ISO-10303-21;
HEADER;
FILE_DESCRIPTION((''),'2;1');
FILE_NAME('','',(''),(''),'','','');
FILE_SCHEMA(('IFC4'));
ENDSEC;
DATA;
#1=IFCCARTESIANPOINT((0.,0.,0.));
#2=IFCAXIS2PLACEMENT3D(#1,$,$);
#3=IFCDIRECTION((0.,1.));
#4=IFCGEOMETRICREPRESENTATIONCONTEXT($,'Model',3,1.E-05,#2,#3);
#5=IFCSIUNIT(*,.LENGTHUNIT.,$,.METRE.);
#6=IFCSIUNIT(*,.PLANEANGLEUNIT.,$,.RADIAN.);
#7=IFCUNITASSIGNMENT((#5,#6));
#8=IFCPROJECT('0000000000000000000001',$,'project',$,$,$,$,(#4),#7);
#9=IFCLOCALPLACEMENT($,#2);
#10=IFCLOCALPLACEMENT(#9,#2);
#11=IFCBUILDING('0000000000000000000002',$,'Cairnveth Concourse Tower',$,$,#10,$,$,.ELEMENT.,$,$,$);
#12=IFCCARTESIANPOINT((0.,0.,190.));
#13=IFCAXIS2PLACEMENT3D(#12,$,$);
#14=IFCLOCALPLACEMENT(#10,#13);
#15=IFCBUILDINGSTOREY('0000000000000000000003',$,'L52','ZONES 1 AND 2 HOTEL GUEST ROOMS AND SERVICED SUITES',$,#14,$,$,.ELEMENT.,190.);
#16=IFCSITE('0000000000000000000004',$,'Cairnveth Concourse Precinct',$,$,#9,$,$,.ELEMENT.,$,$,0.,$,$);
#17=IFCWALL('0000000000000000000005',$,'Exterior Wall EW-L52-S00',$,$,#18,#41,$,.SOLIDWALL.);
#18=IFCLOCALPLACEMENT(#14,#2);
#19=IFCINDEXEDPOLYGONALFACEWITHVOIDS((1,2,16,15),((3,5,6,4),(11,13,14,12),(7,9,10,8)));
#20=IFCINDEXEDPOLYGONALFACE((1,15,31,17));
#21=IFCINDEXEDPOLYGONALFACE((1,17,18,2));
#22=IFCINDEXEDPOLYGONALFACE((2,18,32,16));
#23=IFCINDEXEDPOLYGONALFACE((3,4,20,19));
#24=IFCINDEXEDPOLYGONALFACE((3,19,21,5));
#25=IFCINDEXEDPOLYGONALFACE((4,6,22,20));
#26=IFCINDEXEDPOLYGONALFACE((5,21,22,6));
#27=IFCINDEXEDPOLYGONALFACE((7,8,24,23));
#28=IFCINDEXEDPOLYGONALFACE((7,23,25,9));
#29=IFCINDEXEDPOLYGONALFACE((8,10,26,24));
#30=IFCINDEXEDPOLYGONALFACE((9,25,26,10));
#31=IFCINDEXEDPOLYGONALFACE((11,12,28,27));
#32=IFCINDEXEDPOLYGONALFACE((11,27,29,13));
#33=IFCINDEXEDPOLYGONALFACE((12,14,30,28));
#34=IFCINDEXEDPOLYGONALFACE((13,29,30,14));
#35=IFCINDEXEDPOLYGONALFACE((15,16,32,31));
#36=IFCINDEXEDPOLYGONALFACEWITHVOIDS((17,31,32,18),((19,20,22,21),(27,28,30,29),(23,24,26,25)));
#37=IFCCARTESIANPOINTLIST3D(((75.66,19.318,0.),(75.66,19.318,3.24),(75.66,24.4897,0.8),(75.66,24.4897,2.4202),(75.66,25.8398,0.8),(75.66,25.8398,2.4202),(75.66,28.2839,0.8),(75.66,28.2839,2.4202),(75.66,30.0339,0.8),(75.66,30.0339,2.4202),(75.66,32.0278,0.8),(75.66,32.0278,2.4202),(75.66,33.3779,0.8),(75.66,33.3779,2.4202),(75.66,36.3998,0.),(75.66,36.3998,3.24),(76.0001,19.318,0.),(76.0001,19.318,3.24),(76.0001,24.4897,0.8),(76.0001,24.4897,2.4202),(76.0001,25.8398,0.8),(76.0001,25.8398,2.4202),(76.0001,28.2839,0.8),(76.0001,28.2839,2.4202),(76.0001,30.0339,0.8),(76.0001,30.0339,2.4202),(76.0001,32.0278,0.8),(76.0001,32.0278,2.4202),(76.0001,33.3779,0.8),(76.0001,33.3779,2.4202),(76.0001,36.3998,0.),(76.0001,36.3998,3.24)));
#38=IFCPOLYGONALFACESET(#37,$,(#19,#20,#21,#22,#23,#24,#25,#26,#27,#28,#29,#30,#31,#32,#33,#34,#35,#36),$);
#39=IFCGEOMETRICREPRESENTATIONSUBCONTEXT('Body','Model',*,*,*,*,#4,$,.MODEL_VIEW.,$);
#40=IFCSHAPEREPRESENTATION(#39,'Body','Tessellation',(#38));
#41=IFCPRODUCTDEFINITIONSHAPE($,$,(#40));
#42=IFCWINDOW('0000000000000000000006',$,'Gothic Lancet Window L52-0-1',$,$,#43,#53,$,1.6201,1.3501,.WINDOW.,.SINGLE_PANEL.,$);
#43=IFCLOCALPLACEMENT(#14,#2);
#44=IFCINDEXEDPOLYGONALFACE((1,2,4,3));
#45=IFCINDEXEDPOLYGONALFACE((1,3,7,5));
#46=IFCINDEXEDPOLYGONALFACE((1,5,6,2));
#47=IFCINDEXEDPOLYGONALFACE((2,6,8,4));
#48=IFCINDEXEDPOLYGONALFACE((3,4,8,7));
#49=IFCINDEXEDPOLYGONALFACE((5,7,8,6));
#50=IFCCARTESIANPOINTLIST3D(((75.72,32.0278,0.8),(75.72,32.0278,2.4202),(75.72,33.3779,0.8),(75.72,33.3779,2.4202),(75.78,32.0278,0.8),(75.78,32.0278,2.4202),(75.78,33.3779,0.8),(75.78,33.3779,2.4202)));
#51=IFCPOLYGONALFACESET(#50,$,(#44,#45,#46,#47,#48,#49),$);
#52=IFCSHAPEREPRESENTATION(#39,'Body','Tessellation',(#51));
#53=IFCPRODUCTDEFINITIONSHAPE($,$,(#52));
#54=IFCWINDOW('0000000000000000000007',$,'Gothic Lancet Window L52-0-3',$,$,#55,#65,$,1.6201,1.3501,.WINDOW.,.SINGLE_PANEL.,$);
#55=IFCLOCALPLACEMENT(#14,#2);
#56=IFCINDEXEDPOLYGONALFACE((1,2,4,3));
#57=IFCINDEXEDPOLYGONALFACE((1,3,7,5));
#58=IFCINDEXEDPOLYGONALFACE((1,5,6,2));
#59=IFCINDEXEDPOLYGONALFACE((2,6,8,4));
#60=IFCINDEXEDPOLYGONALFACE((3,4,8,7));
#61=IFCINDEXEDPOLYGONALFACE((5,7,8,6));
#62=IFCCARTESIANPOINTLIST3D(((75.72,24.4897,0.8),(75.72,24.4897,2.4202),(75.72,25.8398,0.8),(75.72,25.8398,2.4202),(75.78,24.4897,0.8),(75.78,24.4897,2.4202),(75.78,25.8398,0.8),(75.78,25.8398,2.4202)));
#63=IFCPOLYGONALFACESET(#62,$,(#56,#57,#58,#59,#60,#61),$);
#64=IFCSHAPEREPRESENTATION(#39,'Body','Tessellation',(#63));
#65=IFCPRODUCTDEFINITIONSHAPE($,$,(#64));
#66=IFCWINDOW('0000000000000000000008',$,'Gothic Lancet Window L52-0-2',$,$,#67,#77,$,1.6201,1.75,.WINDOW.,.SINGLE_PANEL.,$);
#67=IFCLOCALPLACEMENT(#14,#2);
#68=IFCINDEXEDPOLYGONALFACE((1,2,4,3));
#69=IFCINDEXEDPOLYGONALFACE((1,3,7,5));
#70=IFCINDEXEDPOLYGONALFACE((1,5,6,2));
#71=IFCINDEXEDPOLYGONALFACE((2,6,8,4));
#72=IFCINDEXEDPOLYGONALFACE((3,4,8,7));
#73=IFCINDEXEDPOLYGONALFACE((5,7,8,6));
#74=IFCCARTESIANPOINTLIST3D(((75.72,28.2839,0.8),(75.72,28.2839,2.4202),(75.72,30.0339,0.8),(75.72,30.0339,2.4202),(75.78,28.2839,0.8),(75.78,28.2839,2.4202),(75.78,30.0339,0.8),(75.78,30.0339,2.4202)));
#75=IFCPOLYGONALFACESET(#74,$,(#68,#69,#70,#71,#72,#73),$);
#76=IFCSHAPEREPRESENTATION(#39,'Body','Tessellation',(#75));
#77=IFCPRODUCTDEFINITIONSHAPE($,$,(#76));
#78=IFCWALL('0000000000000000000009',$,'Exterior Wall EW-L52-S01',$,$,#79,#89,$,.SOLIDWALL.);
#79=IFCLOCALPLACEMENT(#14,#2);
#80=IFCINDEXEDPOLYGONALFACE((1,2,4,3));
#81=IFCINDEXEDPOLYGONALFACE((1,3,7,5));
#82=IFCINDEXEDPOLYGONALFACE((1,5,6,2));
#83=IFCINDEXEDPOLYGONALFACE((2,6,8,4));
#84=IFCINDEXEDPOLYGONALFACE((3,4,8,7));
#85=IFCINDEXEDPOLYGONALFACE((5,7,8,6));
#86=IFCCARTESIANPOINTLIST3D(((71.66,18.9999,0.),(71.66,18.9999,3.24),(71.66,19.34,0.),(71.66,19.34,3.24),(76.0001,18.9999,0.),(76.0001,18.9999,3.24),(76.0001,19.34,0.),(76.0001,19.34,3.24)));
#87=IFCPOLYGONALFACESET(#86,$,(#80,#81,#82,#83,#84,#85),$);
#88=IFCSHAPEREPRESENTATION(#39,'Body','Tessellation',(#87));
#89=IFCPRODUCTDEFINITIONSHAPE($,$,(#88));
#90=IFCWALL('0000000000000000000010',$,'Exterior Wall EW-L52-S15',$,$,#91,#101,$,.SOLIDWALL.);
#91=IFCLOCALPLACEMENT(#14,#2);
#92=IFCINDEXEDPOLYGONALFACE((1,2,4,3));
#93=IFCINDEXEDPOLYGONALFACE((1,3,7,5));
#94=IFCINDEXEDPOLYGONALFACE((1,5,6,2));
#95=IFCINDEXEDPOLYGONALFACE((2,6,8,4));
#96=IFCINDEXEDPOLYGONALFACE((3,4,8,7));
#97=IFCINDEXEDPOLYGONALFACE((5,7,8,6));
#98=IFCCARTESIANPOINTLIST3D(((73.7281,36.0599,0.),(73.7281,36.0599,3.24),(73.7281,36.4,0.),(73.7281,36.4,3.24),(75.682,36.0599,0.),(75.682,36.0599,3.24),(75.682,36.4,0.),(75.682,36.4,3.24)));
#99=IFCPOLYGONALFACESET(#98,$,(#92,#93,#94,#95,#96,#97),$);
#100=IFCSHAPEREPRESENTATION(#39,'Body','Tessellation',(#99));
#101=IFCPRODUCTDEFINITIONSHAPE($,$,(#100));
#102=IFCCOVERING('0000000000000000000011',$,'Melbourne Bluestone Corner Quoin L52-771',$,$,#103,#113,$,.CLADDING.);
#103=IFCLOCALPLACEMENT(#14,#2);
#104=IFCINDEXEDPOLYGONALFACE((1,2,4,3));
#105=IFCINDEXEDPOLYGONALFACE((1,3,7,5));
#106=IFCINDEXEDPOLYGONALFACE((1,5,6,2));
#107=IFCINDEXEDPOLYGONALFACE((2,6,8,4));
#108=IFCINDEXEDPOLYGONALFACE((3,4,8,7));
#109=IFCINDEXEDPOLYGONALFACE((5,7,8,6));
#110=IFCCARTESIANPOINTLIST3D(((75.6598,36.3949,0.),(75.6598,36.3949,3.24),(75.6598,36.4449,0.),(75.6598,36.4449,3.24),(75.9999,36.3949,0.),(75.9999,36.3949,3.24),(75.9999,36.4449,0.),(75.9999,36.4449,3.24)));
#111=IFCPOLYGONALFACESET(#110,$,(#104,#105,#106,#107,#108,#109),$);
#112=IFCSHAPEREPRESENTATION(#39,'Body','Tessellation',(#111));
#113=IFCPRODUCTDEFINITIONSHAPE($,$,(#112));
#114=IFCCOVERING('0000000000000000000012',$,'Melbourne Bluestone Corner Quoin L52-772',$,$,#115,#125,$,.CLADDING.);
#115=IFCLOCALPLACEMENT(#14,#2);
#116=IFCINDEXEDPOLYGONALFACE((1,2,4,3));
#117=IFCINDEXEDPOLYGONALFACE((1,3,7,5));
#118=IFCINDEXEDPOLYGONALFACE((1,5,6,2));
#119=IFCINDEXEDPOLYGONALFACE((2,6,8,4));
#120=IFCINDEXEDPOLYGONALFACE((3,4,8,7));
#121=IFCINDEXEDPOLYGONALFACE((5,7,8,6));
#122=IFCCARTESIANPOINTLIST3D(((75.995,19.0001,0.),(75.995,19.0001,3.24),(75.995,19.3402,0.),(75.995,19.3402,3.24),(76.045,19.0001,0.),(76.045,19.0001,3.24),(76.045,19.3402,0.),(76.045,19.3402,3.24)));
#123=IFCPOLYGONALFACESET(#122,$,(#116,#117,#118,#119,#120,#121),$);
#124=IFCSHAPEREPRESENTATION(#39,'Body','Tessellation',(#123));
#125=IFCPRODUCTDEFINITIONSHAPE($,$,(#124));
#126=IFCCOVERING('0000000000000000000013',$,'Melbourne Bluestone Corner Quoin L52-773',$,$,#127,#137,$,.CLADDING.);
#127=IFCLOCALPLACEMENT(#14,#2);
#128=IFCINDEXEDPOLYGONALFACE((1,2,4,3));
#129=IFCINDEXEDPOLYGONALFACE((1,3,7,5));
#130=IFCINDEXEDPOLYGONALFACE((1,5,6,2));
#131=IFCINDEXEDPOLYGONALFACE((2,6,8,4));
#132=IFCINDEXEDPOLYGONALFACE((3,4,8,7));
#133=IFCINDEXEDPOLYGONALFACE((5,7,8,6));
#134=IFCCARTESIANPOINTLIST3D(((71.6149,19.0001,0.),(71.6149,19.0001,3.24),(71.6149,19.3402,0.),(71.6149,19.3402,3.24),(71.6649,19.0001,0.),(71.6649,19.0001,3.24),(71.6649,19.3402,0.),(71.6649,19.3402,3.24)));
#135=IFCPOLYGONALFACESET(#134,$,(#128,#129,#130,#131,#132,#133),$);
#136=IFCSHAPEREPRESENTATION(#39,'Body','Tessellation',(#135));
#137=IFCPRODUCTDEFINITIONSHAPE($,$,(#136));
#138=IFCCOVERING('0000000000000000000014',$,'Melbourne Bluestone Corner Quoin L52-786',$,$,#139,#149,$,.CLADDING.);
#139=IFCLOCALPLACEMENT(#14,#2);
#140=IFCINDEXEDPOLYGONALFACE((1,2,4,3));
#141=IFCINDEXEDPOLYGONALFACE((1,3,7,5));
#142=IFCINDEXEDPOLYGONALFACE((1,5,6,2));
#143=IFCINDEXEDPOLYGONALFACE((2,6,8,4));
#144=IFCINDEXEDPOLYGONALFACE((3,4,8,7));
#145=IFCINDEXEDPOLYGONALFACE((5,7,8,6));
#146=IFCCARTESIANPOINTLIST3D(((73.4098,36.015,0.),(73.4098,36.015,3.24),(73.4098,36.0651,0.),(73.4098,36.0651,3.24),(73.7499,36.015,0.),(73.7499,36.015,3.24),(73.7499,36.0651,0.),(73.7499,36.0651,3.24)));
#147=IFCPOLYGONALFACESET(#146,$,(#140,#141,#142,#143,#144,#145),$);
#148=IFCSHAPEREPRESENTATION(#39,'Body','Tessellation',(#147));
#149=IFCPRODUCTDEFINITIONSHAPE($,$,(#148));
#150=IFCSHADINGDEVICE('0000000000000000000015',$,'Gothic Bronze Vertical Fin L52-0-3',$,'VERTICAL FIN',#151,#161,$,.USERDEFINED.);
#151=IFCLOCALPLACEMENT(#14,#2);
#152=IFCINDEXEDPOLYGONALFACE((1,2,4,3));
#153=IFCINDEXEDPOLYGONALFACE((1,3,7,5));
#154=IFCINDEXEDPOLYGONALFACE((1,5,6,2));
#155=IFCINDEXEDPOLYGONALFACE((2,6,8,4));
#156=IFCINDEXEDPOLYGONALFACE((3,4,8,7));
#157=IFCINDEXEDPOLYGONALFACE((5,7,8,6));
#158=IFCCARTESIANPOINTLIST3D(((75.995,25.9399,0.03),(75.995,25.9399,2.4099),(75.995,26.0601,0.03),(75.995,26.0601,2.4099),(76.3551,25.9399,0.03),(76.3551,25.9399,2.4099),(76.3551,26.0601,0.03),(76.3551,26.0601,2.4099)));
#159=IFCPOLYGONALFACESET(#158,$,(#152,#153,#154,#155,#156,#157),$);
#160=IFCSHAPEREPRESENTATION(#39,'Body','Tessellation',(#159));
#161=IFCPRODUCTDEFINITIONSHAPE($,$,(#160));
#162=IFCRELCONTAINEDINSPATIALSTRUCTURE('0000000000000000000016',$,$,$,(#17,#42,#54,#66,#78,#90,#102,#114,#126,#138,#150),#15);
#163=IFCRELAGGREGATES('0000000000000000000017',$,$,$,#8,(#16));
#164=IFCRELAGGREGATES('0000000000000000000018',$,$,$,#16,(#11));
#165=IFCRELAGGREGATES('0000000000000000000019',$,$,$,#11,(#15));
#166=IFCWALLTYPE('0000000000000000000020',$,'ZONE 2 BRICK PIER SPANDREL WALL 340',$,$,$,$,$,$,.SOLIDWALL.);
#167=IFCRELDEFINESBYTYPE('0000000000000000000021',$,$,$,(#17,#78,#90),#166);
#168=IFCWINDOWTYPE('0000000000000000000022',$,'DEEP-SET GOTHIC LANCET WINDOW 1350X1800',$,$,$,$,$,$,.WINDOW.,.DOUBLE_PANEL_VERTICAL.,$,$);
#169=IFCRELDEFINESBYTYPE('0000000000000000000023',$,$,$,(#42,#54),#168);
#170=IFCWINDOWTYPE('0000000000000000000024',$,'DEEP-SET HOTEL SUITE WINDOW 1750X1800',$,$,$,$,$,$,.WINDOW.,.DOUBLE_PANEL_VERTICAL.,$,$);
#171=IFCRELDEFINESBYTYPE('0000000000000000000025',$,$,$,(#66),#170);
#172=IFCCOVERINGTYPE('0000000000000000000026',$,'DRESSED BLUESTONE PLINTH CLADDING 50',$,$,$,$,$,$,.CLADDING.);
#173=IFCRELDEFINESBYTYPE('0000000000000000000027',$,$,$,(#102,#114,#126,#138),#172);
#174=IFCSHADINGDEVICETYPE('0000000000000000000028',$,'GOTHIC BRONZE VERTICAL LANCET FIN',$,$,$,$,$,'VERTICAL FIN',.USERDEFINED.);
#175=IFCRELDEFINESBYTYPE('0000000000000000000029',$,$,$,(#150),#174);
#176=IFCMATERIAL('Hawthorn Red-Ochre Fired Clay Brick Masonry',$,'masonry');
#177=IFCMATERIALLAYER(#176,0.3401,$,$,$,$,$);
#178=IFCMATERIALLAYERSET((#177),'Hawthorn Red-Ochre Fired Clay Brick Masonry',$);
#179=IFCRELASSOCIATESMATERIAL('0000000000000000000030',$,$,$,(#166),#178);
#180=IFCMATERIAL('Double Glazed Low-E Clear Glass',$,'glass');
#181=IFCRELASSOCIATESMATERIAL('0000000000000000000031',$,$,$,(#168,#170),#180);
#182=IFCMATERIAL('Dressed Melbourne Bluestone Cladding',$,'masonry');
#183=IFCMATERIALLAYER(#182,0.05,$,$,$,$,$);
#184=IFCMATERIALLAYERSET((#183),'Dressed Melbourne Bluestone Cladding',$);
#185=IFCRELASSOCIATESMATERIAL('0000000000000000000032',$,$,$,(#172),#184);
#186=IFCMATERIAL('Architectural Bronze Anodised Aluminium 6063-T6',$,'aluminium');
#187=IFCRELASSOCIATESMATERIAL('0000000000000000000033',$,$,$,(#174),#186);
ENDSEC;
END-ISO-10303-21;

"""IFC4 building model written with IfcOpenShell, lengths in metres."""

from ifc_helpers import new_model, si_unit, direction, frame, frame_2d, origin, origin_2d, place, context, subcontext, project, spatial, rectangle, extrude, material, layer, layer_set, type_object, element, fill, save


model = new_model("IFC4")

# Units and contexts
model_context = context("Model", 3, precision=1e-05, world=origin(), true_north=direction((0.0, 1.0)))
body_context = subcontext(model_context, "Body", "Model", "MODEL_VIEW")
ifc_project = project(units=[si_unit("LENGTHUNIT", "METRE"), si_unit("PLANEANGLEUNIT", "RADIAN")], contexts=[model_context])

# Site, building, storey
site_placement = place(None, origin())
site = spatial("IfcSite", under=ifc_project, at=site_placement, Name="Cairnveth Concourse Precinct", CompositionType="ELEMENT", RefElevation=0.0)
building_placement = place(site_placement, origin())
building = spatial("IfcBuilding", under=site, at=building_placement, Name="Cairnveth Concourse Tower", CompositionType="ELEMENT")
storey_placement = place(building_placement, frame((0.0, 0.0, 190.0)))
storey = spatial("IfcBuildingStorey", under=building, at=storey_placement, Name="L52", Description="ZONES 1 AND 2 HOTEL GUEST ROOMS AND SERVICED SUITES", CompositionType="ELEMENT", Elevation=190.0)

# Shared definitions
ifc_material_1 = material(Name="Dressed Melbourne Bluestone Cladding", Category="masonry")

# Wall, openings, windows
ifc_material_2 = material(Name="Hawthorn Red-Ochre Fired Clay Brick Masonry", Category="masonry")
ifc_layer_1 = layer(ifc_material_2, 0.3401)
ifc_layer_set_1 = layer_set([ifc_layer_1], Name="Hawthorn Red-Ochre Fired Clay Brick Masonry")
wall_type_1 = type_object("IfcWallType", Name="ZONE 2 BRICK PIER SPANDREL WALL 340", PredefinedType="SOLIDWALL", material=ifc_layer_set_1)
wall_1_placement = place(storey_placement, frame((75.8301, 36.3999, 0.0), z_axis=(0.0, 0.0, 1.0), x_axis=(0.0, -1.0, 0.0)))
wall_1 = element("IfcWall", 1, at=wall_1_placement, inside=storey, type_object=wall_type_1, Name="Exterior Wall EW-L52-S00", PredefinedType="SOLIDWALL", context=body_context, shape_type="SweptSolid", body=[
    extrude(rectangle(XDim=17.0818, YDim=0.3401, at=frame_2d((8.541, 0.0))), origin(), (0.0, 0.0, 1.0), 3.24),
])
opening_1_placement = place(wall_1_placement, frame((3.022, 0.0, 0.8)))
opening_1 = element("IfcOpeningElement", 2, at=opening_1_placement, cuts=wall_1, PredefinedType="OPENING", context=body_context, shape_type="SweptSolid", body=[
    extrude(rectangle(XDim=1.3501, YDim=1.6201, at=frame_2d((0.675, 0.8101))), frame((0.0, 0.1799, 0.0), z_axis=(0.0, -1.0, 0.0), x_axis=(1.0, 0.0, 0.0)), (0.0, 0.0, 1.0), 0.3601),
])
opening_2_placement = place(wall_1_placement, frame((6.366, 0.0, 0.8)))
opening_2 = element("IfcOpeningElement", 3, at=opening_2_placement, cuts=wall_1, PredefinedType="OPENING", context=body_context, shape_type="SweptSolid", body=[
    extrude(rectangle(XDim=1.75, YDim=1.6201, at=frame_2d((0.875, 0.8101))), frame((0.0, 0.1799, 0.0), z_axis=(0.0, -1.0, 0.0), x_axis=(1.0, 0.0, 0.0)), (0.0, 0.0, 1.0), 0.3601),
])
opening_3_placement = place(wall_1_placement, frame((10.5601, 0.0, 0.8)))
opening_3 = element("IfcOpeningElement", 4, at=opening_3_placement, cuts=wall_1, PredefinedType="OPENING", context=body_context, shape_type="SweptSolid", body=[
    extrude(rectangle(XDim=1.3501, YDim=1.6201, at=frame_2d((0.675, 0.8101))), frame((0.0, 0.1799, 0.0), z_axis=(0.0, -1.0, 0.0), x_axis=(1.0, 0.0, 0.0)), (0.0, 0.0, 1.0), 0.3601),
])
ifc_material_3 = material(Name="Double Glazed Low-E Clear Glass", Category="glass")
window_type_1 = type_object("IfcWindowType", Name="DEEP-SET GOTHIC LANCET WINDOW 1350X1800", PartitioningType="DOUBLE_PANEL_VERTICAL", PredefinedType="WINDOW", material=ifc_material_3)
window_1_placement = place(opening_1_placement, origin())
window_1 = element("IfcWindow", 5, at=window_1_placement, inside=storey, type_object=window_type_1, Name="Gothic Lancet Window L52-0-1", OverallHeight=1.6201, OverallWidth=1.3501, PartitioningType="SINGLE_PANEL", PredefinedType="WINDOW", context=body_context, shape_type="SweptSolid", body=[
    extrude(rectangle(XDim=1.3501, YDim=1.6201, at=frame_2d((0.675, 0.8101))), frame((0.0, -0.05, 0.0), z_axis=(0.0, -1.0, 0.0), x_axis=(1.0, 0.0, 0.0)), (0.0, 0.0, 1.0), 0.0601),
])
fill(opening_1, window_1)
window_2_placement = place(opening_3_placement, origin())
window_2 = element("IfcWindow", 6, at=window_2_placement, inside=storey, type_object=window_type_1, Name="Gothic Lancet Window L52-0-3", OverallHeight=1.6201, OverallWidth=1.3501, PartitioningType="SINGLE_PANEL", PredefinedType="WINDOW", context=body_context, shape_type="SweptSolid", body=[
    extrude(rectangle(XDim=1.3501, YDim=1.6201, at=frame_2d((0.675, 0.8101))), frame((0.0, -0.05, 0.0), z_axis=(0.0, -1.0, 0.0), x_axis=(1.0, 0.0, 0.0)), (0.0, 0.0, 1.0), 0.0601),
])
fill(opening_3, window_2)
window_type_2 = type_object("IfcWindowType", Name="DEEP-SET HOTEL SUITE WINDOW 1750X1800", PartitioningType="DOUBLE_PANEL_VERTICAL", PredefinedType="WINDOW", material=ifc_material_3)
window_3_placement = place(opening_2_placement, origin())
window_3 = element("IfcWindow", 7, at=window_3_placement, inside=storey, type_object=window_type_2, Name="Gothic Lancet Window L52-0-2", OverallHeight=1.6201, OverallWidth=1.75, PartitioningType="SINGLE_PANEL", PredefinedType="WINDOW", context=body_context, shape_type="SweptSolid", body=[
    extrude(rectangle(XDim=1.75, YDim=1.6201, at=frame_2d((0.875, 0.8101))), frame((0.0, -0.05, 0.0), z_axis=(0.0, -1.0, 0.0), x_axis=(1.0, 0.0, 0.0)), (0.0, 0.0, 1.0), 0.0601),
])
fill(opening_2, window_3)

# Walls
wall_2_placement = place(storey_placement, frame((76.0, 19.1699, 0.0), z_axis=(0.0, 0.0, 1.0), x_axis=(-1.0, 0.0, 0.0)))
element("IfcWall", 8, at=wall_2_placement, inside=storey, type_object=wall_type_1, Name="Exterior Wall EW-L52-S01", PredefinedType="SOLIDWALL", context=body_context, shape_type="SweptSolid", body=[
    extrude(rectangle(XDim=4.3401, YDim=0.3401, at=frame_2d((2.1699, 0.0))), origin(), (0.0, 0.0, 1.0), 3.24),
])
wall_3_placement = place(storey_placement, frame((73.728, 36.23, 0.0), z_axis=(0.0, 0.0, 1.0), x_axis=(1.0, 0.0, 0.0)))
element("IfcWall", 9, at=wall_3_placement, inside=storey, type_object=wall_type_1, Name="Exterior Wall EW-L52-S15", PredefinedType="SOLIDWALL", context=body_context, shape_type="SweptSolid", body=[
    extrude(rectangle(XDim=1.9539, YDim=0.3401, at=frame_2d((0.9771, 0.0))), origin(), (0.0, 0.0, 1.0), 3.24),
])

# Coverings
ifc_layer_2 = layer(ifc_material_1, 0.05)
ifc_layer_set_2 = layer_set([ifc_layer_2], Name="Dressed Melbourne Bluestone Cladding")
covering_type = type_object("IfcCoveringType", Name="DRESSED BLUESTONE PLINTH CLADDING 50", PredefinedType="CLADDING", material=ifc_layer_set_2)
for number, where, z_axis, x_axis, name in (
    (10, (75.6599, 36.4199, 0.0), (0.0, 0.0, 1.0), (1.0, 0.0, 0.0), "Melbourne Bluestone Corner Quoin L52-771"),
    (11, (76.02, 19.3401, 0.0), (0.0, 0.0, 1.0), (0.0, -1.0, 0.0), "Melbourne Bluestone Corner Quoin L52-772"),
    (12, (71.6399, 19.3401, 0.0), (0.0, 0.0, 1.0), (0.0, -1.0, 0.0), "Melbourne Bluestone Corner Quoin L52-773"),
    (13, (73.4099, 36.04, 0.0), (0.0, 0.0, 1.0), (1.0, 0.0, 0.0), "Melbourne Bluestone Corner Quoin L52-786"),
):
    element("IfcCovering", number, at=place(storey_placement, frame(where, z_axis=z_axis, x_axis=x_axis)), inside=storey, type_object=covering_type, Name=name, PredefinedType="CLADDING", context=body_context, shape_type="SweptSolid", body=[
        extrude(rectangle(XDim=0.3401, YDim=0.05, at=frame_2d((0.1699, 0.0))), origin(), (0.0, 0.0, 1.0), 3.24),
    ])

# Shading device
ifc_material_4 = material(Name="Architectural Bronze Anodised Aluminium 6063-T6", Category="aluminium")
shading_device_type = type_object("IfcShadingDeviceType", Name="GOTHIC BRONZE VERTICAL LANCET FIN", ElementType="VERTICAL FIN", PredefinedType="USERDEFINED", material=ifc_material_4)
shading_device_placement = place(storey_placement, frame((76.175, 26.0, 0.03), z_axis=(0.0, 0.0, 1.0), x_axis=(0.0, 1.0, 0.0)))
element("IfcShadingDevice", 14, at=shading_device_placement, inside=storey, type_object=shading_device_type, Name="Gothic Bronze Vertical Fin L52-0-3", ObjectType="VERTICAL FIN", PredefinedType="USERDEFINED", context=body_context, shape_type="SweptSolid", body=[
    extrude(rectangle(XDim=0.1201, YDim=0.3601, at=origin_2d()), origin(), (0.0, 0.0, 1.0), 2.3799),
])

save(model, "model.ifc")
